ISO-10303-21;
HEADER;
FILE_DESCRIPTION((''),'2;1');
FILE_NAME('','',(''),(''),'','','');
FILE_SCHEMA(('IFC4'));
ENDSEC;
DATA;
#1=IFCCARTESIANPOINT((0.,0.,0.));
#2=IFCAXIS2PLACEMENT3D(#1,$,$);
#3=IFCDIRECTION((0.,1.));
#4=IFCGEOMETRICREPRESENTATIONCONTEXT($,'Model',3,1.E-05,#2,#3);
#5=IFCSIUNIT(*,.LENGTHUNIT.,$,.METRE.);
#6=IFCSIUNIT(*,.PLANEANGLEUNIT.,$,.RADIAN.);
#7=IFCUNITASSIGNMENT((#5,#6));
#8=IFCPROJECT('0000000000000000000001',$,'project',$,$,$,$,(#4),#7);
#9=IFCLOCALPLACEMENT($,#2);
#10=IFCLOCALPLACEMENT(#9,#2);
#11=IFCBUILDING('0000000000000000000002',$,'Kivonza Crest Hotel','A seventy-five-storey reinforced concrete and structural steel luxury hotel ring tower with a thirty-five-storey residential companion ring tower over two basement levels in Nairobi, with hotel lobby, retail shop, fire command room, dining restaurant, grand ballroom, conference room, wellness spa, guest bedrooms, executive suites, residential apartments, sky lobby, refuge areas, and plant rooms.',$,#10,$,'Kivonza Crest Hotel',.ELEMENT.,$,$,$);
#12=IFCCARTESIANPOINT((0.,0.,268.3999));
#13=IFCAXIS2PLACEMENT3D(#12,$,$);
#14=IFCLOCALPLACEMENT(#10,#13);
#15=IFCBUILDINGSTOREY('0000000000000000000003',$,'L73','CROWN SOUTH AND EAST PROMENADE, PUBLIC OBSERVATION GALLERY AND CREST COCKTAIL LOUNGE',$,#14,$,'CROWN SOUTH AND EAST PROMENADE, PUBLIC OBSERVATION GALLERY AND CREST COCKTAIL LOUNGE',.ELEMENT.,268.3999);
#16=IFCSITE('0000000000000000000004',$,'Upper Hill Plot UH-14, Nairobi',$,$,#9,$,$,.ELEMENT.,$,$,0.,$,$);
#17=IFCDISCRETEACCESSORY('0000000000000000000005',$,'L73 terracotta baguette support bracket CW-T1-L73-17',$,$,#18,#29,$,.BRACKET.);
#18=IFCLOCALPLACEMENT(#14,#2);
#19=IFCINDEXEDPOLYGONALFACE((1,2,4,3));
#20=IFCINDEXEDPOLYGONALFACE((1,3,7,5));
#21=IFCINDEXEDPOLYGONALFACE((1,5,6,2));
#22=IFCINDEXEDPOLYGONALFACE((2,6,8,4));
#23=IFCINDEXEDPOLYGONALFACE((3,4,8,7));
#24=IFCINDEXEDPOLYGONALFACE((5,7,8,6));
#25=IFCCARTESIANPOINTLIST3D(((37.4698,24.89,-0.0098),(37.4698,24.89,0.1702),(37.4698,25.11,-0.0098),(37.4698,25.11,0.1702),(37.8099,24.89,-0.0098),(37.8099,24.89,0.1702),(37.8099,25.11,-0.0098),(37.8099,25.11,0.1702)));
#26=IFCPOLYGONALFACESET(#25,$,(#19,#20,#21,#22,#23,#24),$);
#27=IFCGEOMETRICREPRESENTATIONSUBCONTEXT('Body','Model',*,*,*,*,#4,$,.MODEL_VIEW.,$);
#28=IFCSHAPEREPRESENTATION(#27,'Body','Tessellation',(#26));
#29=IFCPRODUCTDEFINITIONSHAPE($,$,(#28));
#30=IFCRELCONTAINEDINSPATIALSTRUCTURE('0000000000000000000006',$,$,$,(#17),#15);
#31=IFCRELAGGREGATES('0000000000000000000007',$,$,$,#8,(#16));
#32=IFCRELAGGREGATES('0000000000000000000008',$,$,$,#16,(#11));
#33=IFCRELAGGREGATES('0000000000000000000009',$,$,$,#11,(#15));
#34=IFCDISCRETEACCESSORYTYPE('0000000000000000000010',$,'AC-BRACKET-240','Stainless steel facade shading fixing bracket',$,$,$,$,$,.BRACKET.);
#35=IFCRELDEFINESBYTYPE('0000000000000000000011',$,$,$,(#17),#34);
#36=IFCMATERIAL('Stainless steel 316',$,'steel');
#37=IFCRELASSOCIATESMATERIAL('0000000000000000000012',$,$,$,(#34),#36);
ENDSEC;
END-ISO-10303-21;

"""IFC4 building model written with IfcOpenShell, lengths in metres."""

from ifc_helpers import new_model, si_unit, direction, frame, origin, origin_2d, place, context, subcontext, project, spatial, rectangle, extrude, material, type_object, element, save


model = new_model("IFC4")

# Units and contexts
model_context = context("Model", 3, precision=1e-05, world=origin(), true_north=direction((0.0, 1.0)))
body_context = subcontext(model_context, "Body", "Model", "MODEL_VIEW")
ifc_project = project(units=[si_unit("LENGTHUNIT", "METRE"), si_unit("PLANEANGLEUNIT", "RADIAN")], contexts=[model_context])

# Site, building, storey
site_placement = place(None, origin())
site = spatial("IfcSite", under=ifc_project, at=site_placement, Name="Upper Hill Plot UH-14, Nairobi", CompositionType="ELEMENT", RefElevation=0.0)
building_placement = place(site_placement, origin())
building = spatial("IfcBuilding", under=site, at=building_placement, Name="Kivonza Crest Hotel", Description="A seventy-five-storey reinforced concrete and structural steel luxury hotel ring tower with a thirty-five-storey residential companion ring tower over two basement levels in Nairobi, with hotel lobby, retail shop, fire command room, dining restaurant, grand ballroom, conference room, wellness spa, guest bedrooms, executive suites, residential apartments, sky lobby, refuge areas, and plant rooms.", LongName="Kivonza Crest Hotel", CompositionType="ELEMENT")
storey_placement = place(building_placement, frame((0.0, 0.0, 268.3999)))
storey = spatial("IfcBuildingStorey", under=building, at=storey_placement, Name="L73", Description="CROWN SOUTH AND EAST PROMENADE, PUBLIC OBSERVATION GALLERY AND CREST COCKTAIL LOUNGE", LongName="CROWN SOUTH AND EAST PROMENADE, PUBLIC OBSERVATION GALLERY AND CREST COCKTAIL LOUNGE", CompositionType="ELEMENT", Elevation=268.3999)

# Discrete accessory
ifc_material_1 = material(Name="Stainless steel 316", Category="steel")
discrete_accessory_type = type_object("IfcDiscreteAccessoryType", Name="AC-BRACKET-240", Description="Stainless steel facade shading fixing bracket", PredefinedType="BRACKET", material=ifc_material_1)
discrete_accessory_placement = place(storey_placement, frame((37.6399, 25.0, -0.0098), z_axis=(0.0, 0.0, 1.0), x_axis=(0.0, 1.0, 0.0)))
element("IfcDiscreteAccessory", 1, at=discrete_accessory_placement, inside=storey, type_object=discrete_accessory_type, Name="L73 terracotta baguette support bracket CW-T1-L73-17", PredefinedType="BRACKET", context=body_context, shape_type="SweptSolid", body=[
    extrude(rectangle(XDim=0.22, YDim=0.3401, at=origin_2d()), origin(), (0.0, 0.0, 1.0), 0.1799),
])

save(model, "model.ifc")
